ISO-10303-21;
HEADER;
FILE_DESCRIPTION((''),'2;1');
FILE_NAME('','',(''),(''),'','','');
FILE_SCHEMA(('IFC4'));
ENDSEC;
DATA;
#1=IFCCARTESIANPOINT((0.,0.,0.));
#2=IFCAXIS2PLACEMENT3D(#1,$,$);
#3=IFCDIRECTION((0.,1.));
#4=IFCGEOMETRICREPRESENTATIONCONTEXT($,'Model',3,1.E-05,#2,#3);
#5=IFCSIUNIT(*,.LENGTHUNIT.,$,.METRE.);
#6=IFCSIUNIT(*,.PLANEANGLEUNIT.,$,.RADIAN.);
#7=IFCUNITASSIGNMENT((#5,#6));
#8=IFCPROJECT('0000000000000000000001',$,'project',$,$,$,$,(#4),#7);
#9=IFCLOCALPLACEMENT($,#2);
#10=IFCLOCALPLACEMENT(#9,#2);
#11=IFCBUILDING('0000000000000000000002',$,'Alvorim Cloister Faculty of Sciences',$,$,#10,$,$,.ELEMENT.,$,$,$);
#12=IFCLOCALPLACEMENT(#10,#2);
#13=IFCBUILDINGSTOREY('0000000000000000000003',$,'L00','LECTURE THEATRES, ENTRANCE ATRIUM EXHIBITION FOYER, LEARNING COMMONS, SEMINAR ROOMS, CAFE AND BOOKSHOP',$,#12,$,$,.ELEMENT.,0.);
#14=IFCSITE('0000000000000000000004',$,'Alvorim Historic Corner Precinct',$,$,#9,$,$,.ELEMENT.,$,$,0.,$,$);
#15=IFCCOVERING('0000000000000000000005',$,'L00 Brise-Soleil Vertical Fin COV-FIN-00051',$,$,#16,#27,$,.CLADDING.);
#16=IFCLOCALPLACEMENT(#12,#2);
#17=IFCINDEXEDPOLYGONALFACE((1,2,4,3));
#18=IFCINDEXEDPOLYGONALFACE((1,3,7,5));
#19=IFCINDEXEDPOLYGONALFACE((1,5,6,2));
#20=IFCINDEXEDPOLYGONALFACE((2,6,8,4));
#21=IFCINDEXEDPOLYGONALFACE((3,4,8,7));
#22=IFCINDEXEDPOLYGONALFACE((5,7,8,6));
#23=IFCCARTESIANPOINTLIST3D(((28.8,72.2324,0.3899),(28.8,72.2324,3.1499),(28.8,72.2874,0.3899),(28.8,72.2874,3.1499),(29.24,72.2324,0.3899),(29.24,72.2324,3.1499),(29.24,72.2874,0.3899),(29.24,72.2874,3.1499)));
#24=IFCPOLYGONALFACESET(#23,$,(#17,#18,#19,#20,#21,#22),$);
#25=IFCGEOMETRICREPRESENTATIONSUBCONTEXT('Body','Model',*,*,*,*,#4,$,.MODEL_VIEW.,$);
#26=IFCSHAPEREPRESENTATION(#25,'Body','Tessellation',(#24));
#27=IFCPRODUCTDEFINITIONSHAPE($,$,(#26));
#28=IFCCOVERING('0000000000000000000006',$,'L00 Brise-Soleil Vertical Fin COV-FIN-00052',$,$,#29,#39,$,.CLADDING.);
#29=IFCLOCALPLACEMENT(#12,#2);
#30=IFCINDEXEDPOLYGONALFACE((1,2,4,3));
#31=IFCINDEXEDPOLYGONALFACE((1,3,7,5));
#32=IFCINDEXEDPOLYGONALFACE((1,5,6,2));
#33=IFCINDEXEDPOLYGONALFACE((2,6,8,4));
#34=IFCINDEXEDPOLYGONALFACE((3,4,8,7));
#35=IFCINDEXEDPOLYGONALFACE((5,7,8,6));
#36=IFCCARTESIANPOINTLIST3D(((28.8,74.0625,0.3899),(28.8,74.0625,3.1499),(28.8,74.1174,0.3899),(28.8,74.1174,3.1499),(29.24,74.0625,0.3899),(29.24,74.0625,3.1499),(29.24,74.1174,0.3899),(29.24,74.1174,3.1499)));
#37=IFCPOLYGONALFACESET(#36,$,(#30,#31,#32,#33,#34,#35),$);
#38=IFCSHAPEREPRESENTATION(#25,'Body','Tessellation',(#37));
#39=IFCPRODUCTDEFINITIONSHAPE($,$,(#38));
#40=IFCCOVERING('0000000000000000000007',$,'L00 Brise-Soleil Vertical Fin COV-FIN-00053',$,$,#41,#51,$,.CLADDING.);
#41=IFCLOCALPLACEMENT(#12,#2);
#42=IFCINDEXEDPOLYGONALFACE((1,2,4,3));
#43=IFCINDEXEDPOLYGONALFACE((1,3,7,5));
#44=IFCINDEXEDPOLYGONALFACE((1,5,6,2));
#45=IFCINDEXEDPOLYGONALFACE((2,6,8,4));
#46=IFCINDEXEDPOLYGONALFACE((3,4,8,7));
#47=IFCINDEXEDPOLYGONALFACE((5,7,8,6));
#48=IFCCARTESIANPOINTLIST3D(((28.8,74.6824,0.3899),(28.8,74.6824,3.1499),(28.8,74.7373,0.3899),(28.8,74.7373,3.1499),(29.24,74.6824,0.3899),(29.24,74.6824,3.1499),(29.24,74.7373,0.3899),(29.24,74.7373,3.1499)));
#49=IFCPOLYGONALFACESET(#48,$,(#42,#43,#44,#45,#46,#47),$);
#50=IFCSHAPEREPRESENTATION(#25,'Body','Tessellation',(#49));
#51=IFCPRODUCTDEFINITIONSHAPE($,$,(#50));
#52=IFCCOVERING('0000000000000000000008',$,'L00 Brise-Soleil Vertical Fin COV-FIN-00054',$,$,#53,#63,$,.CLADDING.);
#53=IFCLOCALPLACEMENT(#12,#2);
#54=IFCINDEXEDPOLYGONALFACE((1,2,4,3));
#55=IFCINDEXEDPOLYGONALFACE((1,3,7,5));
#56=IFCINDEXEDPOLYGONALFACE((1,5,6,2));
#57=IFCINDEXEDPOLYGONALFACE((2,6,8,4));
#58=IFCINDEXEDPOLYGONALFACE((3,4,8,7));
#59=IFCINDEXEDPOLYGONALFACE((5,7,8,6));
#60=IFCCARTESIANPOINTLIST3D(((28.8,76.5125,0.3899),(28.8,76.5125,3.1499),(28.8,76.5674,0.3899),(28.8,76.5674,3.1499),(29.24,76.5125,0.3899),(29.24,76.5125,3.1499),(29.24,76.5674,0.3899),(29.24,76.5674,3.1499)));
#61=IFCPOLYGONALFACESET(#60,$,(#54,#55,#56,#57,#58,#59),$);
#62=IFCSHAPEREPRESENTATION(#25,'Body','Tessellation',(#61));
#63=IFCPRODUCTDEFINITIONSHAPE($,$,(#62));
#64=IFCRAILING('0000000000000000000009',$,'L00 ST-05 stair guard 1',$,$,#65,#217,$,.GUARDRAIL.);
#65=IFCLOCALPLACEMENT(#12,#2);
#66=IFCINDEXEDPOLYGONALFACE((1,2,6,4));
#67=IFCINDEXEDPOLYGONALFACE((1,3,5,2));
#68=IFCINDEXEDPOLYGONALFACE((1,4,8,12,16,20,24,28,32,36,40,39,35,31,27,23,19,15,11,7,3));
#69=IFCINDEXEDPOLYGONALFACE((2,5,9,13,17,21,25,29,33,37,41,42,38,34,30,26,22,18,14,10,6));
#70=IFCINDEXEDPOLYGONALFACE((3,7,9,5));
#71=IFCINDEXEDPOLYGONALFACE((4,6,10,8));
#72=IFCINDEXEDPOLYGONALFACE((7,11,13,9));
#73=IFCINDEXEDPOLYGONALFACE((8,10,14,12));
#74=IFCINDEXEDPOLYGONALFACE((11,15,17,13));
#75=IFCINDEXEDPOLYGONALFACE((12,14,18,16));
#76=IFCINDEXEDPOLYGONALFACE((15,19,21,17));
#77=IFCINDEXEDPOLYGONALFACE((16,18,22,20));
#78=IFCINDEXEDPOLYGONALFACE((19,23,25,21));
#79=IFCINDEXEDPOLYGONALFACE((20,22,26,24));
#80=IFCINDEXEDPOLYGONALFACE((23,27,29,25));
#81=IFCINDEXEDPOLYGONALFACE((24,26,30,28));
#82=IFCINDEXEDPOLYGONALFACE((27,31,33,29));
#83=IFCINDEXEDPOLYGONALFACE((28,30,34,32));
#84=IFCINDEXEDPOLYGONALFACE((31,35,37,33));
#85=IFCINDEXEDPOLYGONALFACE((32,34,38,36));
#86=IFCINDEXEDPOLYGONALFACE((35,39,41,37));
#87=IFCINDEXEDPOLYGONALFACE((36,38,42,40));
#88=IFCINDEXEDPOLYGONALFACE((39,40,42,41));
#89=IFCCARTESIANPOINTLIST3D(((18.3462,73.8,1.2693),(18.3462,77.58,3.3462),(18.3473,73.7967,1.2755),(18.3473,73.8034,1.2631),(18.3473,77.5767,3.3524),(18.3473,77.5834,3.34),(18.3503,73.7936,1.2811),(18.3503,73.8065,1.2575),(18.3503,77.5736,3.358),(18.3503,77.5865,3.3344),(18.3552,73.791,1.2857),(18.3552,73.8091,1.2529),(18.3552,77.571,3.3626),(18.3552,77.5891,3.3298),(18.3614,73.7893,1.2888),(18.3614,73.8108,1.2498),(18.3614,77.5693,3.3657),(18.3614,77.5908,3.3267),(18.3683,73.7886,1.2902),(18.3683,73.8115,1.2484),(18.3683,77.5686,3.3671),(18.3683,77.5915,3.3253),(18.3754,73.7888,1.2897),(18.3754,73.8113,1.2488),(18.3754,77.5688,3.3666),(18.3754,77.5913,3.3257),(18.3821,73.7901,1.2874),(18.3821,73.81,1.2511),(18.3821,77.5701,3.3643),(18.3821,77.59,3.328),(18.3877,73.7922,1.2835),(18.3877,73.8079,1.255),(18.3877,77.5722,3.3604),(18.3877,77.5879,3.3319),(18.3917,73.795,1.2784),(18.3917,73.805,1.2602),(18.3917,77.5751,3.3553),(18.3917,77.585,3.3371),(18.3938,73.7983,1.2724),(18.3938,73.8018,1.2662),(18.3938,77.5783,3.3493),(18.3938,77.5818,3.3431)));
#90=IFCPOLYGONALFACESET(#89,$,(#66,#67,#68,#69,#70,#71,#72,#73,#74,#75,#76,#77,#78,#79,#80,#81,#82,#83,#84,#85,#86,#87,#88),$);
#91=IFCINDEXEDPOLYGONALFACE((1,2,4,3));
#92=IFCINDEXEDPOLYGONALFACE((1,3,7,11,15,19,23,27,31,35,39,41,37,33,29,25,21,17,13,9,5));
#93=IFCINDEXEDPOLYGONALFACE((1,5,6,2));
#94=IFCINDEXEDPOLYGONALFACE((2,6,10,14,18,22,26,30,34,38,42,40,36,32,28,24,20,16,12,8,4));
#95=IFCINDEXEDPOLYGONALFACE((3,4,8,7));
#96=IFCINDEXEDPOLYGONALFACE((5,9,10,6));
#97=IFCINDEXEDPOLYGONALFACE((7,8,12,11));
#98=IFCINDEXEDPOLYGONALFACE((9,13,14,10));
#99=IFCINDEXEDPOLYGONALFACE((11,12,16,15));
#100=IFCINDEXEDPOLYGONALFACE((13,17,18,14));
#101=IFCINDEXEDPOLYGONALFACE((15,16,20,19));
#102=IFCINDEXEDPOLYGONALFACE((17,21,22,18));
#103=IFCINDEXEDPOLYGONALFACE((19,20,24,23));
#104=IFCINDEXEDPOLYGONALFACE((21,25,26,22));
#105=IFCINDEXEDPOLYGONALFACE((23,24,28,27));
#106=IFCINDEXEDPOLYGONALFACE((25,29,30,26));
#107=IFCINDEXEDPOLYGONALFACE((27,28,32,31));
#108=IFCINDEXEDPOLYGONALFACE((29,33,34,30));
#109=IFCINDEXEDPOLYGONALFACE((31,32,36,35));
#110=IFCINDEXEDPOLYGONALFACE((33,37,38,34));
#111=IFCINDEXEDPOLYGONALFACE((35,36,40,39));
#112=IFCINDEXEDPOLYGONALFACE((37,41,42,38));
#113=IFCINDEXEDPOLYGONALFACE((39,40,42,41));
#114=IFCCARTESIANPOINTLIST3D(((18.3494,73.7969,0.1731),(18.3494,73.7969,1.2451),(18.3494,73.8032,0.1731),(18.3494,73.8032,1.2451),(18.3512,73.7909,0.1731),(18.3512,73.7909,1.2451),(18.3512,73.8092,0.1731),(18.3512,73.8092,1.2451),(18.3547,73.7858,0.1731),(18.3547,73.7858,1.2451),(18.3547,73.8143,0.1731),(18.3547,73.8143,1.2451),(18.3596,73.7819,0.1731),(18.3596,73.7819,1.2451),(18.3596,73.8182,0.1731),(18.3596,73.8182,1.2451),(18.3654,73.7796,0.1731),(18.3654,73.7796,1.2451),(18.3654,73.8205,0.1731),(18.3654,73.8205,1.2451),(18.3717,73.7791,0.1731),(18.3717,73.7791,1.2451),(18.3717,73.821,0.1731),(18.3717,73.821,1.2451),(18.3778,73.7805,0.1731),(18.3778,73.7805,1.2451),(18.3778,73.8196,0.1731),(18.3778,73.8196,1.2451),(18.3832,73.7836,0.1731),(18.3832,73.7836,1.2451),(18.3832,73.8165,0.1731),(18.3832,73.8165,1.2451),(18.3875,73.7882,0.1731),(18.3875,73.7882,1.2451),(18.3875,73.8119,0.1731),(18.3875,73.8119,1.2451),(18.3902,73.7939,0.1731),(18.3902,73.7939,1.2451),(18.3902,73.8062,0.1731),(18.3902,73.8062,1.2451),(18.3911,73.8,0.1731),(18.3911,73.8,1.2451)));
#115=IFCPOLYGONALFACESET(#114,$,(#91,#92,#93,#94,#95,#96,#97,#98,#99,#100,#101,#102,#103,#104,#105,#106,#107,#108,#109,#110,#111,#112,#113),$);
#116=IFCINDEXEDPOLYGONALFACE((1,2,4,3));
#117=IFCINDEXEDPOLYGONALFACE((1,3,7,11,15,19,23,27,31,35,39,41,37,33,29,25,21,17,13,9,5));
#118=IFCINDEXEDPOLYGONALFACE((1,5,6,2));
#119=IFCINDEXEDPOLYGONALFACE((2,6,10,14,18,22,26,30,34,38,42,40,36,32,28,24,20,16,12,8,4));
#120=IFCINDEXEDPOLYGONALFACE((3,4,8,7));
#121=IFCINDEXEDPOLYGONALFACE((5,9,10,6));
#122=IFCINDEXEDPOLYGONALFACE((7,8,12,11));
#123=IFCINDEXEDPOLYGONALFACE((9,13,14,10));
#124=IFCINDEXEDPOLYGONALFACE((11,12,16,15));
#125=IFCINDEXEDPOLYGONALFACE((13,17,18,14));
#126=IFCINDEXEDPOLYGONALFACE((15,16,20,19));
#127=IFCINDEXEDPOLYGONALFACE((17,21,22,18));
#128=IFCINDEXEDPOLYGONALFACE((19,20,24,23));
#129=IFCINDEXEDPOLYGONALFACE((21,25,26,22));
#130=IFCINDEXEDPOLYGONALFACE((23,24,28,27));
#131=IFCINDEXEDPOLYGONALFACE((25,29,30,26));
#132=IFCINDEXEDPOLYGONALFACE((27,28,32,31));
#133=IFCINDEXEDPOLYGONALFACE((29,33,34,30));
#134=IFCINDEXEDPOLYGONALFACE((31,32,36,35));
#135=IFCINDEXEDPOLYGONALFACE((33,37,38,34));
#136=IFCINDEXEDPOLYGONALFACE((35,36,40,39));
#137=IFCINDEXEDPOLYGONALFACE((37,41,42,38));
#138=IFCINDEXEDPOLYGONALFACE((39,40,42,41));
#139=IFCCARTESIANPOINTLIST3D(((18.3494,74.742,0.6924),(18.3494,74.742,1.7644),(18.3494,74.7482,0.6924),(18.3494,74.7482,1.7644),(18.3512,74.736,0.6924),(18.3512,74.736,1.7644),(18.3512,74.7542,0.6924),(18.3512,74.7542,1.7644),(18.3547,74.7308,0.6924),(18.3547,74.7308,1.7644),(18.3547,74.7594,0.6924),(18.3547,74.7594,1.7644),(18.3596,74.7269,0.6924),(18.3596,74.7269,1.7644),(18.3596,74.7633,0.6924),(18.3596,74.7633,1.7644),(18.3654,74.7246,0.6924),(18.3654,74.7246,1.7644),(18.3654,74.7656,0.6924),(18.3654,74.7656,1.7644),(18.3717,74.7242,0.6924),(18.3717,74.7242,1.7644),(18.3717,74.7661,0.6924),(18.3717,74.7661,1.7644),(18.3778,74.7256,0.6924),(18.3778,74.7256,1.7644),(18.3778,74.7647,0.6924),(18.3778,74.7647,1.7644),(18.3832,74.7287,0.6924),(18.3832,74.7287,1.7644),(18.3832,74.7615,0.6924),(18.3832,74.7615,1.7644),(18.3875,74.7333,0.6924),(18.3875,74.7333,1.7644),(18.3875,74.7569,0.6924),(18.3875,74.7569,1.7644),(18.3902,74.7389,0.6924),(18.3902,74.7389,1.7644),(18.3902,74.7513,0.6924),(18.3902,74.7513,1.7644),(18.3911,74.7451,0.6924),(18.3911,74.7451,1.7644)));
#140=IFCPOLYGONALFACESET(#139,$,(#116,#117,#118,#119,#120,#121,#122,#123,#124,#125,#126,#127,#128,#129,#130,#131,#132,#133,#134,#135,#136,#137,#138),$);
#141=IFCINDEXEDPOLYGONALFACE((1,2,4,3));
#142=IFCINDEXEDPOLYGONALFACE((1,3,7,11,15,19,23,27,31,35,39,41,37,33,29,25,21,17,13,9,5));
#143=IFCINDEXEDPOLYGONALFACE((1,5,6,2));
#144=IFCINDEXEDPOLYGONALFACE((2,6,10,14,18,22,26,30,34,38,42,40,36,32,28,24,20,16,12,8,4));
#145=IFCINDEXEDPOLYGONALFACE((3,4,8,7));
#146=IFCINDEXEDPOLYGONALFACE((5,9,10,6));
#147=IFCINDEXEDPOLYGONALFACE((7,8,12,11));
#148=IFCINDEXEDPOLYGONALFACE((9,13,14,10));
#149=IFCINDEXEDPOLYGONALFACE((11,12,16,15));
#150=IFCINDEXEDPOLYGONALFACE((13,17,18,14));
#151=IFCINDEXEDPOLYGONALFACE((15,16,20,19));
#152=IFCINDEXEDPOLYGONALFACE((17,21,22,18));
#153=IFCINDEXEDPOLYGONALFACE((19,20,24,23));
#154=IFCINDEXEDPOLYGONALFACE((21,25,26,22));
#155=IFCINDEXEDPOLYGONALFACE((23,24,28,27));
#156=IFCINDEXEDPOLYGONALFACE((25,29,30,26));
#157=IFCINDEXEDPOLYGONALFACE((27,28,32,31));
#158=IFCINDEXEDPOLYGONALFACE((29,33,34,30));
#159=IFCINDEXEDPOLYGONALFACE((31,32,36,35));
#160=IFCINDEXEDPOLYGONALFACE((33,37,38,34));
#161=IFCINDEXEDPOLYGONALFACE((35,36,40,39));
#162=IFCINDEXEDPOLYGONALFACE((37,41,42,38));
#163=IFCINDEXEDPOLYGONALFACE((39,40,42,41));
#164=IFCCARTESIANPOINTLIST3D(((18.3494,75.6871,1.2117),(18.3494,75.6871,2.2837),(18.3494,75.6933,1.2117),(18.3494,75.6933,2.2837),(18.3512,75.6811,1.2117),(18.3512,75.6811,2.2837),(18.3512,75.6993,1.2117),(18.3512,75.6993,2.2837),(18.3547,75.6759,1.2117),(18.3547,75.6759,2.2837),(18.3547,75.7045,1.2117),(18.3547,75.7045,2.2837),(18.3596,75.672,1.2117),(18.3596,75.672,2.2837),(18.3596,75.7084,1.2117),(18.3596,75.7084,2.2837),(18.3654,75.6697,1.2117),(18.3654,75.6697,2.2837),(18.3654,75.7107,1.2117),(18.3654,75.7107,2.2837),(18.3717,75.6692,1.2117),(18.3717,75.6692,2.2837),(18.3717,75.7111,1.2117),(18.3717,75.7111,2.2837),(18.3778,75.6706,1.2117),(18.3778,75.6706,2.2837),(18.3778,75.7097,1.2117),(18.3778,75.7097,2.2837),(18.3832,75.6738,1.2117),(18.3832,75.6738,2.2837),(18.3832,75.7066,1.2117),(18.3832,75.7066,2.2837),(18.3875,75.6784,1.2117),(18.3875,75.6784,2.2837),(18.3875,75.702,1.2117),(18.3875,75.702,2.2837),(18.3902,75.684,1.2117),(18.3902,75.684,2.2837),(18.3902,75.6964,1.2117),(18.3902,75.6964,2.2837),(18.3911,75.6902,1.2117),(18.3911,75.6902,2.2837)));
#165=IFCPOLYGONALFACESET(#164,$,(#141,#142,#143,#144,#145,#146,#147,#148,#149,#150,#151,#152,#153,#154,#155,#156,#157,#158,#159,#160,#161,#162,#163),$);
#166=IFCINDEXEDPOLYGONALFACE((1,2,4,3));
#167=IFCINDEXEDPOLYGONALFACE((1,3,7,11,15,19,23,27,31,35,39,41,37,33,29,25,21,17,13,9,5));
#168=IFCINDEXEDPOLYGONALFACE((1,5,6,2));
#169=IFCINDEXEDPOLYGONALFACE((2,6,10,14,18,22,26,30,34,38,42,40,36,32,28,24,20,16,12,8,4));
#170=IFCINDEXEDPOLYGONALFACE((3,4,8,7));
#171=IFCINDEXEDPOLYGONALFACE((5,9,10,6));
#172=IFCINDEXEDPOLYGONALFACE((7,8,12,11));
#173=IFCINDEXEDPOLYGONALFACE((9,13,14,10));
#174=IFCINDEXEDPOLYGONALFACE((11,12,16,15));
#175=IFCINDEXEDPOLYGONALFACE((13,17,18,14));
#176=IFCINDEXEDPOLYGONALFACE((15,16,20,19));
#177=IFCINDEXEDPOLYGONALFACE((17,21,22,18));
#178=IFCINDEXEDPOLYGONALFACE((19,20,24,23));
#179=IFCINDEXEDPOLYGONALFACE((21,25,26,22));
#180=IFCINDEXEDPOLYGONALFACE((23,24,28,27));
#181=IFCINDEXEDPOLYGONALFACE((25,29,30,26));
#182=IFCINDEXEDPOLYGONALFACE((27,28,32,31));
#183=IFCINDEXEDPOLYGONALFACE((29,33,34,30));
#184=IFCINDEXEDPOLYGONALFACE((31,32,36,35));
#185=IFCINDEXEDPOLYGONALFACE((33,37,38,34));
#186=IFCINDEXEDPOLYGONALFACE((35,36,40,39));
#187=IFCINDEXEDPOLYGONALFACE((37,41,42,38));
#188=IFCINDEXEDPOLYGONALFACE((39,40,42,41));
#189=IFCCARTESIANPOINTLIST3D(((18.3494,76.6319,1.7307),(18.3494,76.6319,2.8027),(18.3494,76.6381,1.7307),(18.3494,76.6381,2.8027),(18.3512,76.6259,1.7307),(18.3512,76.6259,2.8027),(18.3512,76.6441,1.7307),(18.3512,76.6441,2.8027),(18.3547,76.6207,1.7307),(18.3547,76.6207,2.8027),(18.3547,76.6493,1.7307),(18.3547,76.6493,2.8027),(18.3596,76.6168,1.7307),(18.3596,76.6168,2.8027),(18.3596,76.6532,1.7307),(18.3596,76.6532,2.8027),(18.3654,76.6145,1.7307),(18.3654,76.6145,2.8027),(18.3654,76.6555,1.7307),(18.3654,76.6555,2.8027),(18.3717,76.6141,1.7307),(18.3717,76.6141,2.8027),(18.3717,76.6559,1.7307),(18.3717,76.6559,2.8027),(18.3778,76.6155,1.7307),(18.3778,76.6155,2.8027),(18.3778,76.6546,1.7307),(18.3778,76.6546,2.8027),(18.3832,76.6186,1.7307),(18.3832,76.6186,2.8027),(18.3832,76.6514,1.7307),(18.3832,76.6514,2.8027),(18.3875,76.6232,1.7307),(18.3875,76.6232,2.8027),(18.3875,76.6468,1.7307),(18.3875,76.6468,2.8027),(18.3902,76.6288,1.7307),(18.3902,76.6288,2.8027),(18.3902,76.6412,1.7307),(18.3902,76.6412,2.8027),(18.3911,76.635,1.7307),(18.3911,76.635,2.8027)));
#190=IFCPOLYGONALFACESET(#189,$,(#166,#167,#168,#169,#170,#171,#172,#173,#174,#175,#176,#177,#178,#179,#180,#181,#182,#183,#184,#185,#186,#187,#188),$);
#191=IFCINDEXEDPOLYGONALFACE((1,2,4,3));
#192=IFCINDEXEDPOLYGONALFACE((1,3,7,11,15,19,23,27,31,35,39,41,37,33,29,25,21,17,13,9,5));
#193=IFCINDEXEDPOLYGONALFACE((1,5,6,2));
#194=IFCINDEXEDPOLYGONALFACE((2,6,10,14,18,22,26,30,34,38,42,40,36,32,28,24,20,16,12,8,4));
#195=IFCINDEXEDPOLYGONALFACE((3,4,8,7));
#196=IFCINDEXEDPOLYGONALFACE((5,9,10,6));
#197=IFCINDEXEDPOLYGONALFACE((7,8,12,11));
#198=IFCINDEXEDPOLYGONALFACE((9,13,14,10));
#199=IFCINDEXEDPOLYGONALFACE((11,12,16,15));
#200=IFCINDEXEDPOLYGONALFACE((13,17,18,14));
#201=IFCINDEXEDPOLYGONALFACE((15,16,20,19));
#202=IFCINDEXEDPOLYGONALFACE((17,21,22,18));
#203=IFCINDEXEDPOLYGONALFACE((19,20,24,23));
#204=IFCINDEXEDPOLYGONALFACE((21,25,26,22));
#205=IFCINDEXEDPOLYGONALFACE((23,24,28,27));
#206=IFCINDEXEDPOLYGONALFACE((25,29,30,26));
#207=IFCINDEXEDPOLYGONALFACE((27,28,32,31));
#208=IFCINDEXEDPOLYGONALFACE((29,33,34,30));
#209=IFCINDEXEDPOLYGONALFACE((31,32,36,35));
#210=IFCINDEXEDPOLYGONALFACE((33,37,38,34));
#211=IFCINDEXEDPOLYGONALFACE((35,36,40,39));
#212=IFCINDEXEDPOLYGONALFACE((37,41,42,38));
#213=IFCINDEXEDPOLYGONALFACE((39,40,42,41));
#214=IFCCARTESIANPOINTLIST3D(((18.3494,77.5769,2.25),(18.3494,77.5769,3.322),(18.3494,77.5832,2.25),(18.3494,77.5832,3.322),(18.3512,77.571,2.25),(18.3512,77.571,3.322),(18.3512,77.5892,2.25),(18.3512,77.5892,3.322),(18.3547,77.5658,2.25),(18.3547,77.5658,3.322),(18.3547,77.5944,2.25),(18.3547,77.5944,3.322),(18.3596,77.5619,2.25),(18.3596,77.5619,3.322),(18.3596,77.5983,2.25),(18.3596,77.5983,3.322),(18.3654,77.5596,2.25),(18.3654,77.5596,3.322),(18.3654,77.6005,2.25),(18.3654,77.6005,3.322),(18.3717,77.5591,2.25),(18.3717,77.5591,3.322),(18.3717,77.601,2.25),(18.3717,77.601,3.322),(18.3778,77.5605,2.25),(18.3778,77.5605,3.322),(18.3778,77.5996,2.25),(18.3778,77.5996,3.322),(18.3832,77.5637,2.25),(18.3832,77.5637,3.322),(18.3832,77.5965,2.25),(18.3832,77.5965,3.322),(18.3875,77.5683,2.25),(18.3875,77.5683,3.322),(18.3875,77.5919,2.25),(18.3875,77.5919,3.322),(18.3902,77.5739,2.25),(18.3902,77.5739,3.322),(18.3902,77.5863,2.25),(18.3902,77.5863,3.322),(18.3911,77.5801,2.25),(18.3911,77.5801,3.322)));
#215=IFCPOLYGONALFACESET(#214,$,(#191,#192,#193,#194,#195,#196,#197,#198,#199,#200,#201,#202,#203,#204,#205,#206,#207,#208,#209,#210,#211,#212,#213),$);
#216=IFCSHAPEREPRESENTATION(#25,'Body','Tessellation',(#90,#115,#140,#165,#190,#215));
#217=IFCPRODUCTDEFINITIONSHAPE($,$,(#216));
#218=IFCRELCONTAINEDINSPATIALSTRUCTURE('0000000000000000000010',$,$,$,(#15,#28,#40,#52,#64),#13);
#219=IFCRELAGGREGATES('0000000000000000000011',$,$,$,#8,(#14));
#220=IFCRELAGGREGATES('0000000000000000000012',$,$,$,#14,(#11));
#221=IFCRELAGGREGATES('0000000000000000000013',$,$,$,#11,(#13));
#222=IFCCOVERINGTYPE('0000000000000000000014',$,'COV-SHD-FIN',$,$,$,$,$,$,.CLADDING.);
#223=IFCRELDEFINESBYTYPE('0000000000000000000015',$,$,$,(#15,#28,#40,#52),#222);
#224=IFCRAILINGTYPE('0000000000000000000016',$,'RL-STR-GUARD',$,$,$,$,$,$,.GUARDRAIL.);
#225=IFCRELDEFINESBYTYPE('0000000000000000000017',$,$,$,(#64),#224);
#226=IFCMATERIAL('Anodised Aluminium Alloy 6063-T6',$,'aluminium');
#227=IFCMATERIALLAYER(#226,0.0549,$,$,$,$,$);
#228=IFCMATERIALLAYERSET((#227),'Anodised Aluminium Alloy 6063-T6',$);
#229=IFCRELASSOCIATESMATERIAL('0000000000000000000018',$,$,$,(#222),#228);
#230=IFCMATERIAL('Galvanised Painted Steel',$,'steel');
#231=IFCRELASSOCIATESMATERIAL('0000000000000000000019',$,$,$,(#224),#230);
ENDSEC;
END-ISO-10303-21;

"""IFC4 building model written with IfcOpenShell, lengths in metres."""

from ifc_helpers import new_model, si_unit, direction, frame, origin, origin_2d, place, context, subcontext, project, spatial, polyline, circle, outline, extrude, material, layer, layer_set, type_object, element, save


model = new_model("IFC4")

# Units and contexts
model_context = context("Model", 3, precision=1e-05, world=origin(), true_north=direction((0.0, 1.0)))
body_context = subcontext(model_context, "Body", "Model", "MODEL_VIEW")
ifc_project = project(units=[si_unit("LENGTHUNIT", "METRE"), si_unit("PLANEANGLEUNIT", "RADIAN")], contexts=[model_context])

# Site, building, storey
site_placement = place(None, origin())
site = spatial("IfcSite", under=ifc_project, at=site_placement, Name="Alvorim Historic Corner Precinct", CompositionType="ELEMENT", RefElevation=0.0)
building_placement = place(site_placement, origin())
building = spatial("IfcBuilding", under=site, at=building_placement, Name="Alvorim Cloister Faculty of Sciences", CompositionType="ELEMENT")
storey_placement = place(building_placement, origin())
storey = spatial("IfcBuildingStorey", under=building, at=storey_placement, Name="L00", Description="LECTURE THEATRES, ENTRANCE ATRIUM EXHIBITION FOYER, LEARNING COMMONS, SEMINAR ROOMS, CAFE AND BOOKSHOP", CompositionType="ELEMENT", Elevation=0.0)

# Coverings
ifc_material_1 = material(Name="Anodised Aluminium Alloy 6063-T6", Category="aluminium")
ifc_layer_1 = layer(ifc_material_1, 0.0549)
ifc_layer_set_1 = layer_set([ifc_layer_1], Name="Anodised Aluminium Alloy 6063-T6")
covering_type = type_object("IfcCoveringType", Name="COV-SHD-FIN", PredefinedType="CLADDING", material=ifc_layer_set_1)
for number, where, z_axis, x_axis, name in (
    (1, (28.8, 72.26, 0.3899), (0.0, 0.0, 1.0), (1.0, 0.0, 0.0), "L00 Brise-Soleil Vertical Fin COV-FIN-00051"),
    (2, (28.8, 74.0901, 0.3899), (0.0, 0.0, 1.0), (1.0, 0.0, 0.0), "L00 Brise-Soleil Vertical Fin COV-FIN-00052"),
    (3, (28.8, 74.71, 0.3899), (0.0, 0.0, 1.0), (1.0, 0.0, 0.0), "L00 Brise-Soleil Vertical Fin COV-FIN-00053"),
    (4, (28.8, 76.54, 0.3899), (0.0, 0.0, 1.0), (1.0, 0.0, 0.0), "L00 Brise-Soleil Vertical Fin COV-FIN-00054"),
):
    element("IfcCovering", number, at=place(storey_placement, frame(where, z_axis=z_axis, x_axis=x_axis)), inside=storey, type_object=covering_type, Name=name, PredefinedType="CLADDING", context=body_context, shape_type="SweptSolid", body=[
        extrude(outline(polyline([(0.0, 0.0), (0.4399, 0.0), (0.4399, 2.76), (0.0, 2.76), (0.0, 0.0)])), frame((0.0, 0.0273, 0.0), z_axis=(0.0, -1.0, 0.0), x_axis=(1.0, 0.0, 0.0)), (0.0, 0.0, 1.0), 0.0549),
    ])

# Railing
ifc_material_2 = material(Name="Galvanised Painted Steel", Category="steel")
railing_type_1 = type_object("IfcRailingType", Name="RL-STR-GUARD", PredefinedType="GUARDRAIL", material=ifc_material_2)
railing_1_placement = place(storey_placement, frame((18.3701, 73.8, 0.1731)))
element("IfcRailing", 5, at=railing_1_placement, inside=storey, type_object=railing_type_1, Name="L00 ST-05 stair guard 1", PredefinedType="GUARDRAIL", context=body_context, shape_type="SweptSolid", body=[
    extrude(circle(Radius=0.0239, at=origin_2d()), frame((0.0, 0.0, 1.0962), z_axis=(0.0, 0.876423, 0.481543), x_axis=(-1.0, 0.0, 0.0)), (0.0, 0.0, 1.0), 4.313),
    extrude(circle(Radius=0.021, at=origin_2d()), origin(), (0.0, 0.0, 1.0), 1.072),
    extrude(circle(Radius=0.021, at=origin_2d()), frame((0.0, 0.9451, 0.5193)), (0.0, 0.0, 1.0), 1.072),
    extrude(circle(Radius=0.021, at=origin_2d()), frame((0.0, 1.8901, 1.0386)), (0.0, 0.0, 1.0), 1.072),
    extrude(circle(Radius=0.021, at=origin_2d()), frame((0.0, 2.835, 1.5576)), (0.0, 0.0, 1.0), 1.072),
    extrude(circle(Radius=0.021, at=origin_2d()), frame((0.0, 3.78, 2.0769)), (0.0, 0.0, 1.0), 1.072),
])

save(model, "model.ifc")
